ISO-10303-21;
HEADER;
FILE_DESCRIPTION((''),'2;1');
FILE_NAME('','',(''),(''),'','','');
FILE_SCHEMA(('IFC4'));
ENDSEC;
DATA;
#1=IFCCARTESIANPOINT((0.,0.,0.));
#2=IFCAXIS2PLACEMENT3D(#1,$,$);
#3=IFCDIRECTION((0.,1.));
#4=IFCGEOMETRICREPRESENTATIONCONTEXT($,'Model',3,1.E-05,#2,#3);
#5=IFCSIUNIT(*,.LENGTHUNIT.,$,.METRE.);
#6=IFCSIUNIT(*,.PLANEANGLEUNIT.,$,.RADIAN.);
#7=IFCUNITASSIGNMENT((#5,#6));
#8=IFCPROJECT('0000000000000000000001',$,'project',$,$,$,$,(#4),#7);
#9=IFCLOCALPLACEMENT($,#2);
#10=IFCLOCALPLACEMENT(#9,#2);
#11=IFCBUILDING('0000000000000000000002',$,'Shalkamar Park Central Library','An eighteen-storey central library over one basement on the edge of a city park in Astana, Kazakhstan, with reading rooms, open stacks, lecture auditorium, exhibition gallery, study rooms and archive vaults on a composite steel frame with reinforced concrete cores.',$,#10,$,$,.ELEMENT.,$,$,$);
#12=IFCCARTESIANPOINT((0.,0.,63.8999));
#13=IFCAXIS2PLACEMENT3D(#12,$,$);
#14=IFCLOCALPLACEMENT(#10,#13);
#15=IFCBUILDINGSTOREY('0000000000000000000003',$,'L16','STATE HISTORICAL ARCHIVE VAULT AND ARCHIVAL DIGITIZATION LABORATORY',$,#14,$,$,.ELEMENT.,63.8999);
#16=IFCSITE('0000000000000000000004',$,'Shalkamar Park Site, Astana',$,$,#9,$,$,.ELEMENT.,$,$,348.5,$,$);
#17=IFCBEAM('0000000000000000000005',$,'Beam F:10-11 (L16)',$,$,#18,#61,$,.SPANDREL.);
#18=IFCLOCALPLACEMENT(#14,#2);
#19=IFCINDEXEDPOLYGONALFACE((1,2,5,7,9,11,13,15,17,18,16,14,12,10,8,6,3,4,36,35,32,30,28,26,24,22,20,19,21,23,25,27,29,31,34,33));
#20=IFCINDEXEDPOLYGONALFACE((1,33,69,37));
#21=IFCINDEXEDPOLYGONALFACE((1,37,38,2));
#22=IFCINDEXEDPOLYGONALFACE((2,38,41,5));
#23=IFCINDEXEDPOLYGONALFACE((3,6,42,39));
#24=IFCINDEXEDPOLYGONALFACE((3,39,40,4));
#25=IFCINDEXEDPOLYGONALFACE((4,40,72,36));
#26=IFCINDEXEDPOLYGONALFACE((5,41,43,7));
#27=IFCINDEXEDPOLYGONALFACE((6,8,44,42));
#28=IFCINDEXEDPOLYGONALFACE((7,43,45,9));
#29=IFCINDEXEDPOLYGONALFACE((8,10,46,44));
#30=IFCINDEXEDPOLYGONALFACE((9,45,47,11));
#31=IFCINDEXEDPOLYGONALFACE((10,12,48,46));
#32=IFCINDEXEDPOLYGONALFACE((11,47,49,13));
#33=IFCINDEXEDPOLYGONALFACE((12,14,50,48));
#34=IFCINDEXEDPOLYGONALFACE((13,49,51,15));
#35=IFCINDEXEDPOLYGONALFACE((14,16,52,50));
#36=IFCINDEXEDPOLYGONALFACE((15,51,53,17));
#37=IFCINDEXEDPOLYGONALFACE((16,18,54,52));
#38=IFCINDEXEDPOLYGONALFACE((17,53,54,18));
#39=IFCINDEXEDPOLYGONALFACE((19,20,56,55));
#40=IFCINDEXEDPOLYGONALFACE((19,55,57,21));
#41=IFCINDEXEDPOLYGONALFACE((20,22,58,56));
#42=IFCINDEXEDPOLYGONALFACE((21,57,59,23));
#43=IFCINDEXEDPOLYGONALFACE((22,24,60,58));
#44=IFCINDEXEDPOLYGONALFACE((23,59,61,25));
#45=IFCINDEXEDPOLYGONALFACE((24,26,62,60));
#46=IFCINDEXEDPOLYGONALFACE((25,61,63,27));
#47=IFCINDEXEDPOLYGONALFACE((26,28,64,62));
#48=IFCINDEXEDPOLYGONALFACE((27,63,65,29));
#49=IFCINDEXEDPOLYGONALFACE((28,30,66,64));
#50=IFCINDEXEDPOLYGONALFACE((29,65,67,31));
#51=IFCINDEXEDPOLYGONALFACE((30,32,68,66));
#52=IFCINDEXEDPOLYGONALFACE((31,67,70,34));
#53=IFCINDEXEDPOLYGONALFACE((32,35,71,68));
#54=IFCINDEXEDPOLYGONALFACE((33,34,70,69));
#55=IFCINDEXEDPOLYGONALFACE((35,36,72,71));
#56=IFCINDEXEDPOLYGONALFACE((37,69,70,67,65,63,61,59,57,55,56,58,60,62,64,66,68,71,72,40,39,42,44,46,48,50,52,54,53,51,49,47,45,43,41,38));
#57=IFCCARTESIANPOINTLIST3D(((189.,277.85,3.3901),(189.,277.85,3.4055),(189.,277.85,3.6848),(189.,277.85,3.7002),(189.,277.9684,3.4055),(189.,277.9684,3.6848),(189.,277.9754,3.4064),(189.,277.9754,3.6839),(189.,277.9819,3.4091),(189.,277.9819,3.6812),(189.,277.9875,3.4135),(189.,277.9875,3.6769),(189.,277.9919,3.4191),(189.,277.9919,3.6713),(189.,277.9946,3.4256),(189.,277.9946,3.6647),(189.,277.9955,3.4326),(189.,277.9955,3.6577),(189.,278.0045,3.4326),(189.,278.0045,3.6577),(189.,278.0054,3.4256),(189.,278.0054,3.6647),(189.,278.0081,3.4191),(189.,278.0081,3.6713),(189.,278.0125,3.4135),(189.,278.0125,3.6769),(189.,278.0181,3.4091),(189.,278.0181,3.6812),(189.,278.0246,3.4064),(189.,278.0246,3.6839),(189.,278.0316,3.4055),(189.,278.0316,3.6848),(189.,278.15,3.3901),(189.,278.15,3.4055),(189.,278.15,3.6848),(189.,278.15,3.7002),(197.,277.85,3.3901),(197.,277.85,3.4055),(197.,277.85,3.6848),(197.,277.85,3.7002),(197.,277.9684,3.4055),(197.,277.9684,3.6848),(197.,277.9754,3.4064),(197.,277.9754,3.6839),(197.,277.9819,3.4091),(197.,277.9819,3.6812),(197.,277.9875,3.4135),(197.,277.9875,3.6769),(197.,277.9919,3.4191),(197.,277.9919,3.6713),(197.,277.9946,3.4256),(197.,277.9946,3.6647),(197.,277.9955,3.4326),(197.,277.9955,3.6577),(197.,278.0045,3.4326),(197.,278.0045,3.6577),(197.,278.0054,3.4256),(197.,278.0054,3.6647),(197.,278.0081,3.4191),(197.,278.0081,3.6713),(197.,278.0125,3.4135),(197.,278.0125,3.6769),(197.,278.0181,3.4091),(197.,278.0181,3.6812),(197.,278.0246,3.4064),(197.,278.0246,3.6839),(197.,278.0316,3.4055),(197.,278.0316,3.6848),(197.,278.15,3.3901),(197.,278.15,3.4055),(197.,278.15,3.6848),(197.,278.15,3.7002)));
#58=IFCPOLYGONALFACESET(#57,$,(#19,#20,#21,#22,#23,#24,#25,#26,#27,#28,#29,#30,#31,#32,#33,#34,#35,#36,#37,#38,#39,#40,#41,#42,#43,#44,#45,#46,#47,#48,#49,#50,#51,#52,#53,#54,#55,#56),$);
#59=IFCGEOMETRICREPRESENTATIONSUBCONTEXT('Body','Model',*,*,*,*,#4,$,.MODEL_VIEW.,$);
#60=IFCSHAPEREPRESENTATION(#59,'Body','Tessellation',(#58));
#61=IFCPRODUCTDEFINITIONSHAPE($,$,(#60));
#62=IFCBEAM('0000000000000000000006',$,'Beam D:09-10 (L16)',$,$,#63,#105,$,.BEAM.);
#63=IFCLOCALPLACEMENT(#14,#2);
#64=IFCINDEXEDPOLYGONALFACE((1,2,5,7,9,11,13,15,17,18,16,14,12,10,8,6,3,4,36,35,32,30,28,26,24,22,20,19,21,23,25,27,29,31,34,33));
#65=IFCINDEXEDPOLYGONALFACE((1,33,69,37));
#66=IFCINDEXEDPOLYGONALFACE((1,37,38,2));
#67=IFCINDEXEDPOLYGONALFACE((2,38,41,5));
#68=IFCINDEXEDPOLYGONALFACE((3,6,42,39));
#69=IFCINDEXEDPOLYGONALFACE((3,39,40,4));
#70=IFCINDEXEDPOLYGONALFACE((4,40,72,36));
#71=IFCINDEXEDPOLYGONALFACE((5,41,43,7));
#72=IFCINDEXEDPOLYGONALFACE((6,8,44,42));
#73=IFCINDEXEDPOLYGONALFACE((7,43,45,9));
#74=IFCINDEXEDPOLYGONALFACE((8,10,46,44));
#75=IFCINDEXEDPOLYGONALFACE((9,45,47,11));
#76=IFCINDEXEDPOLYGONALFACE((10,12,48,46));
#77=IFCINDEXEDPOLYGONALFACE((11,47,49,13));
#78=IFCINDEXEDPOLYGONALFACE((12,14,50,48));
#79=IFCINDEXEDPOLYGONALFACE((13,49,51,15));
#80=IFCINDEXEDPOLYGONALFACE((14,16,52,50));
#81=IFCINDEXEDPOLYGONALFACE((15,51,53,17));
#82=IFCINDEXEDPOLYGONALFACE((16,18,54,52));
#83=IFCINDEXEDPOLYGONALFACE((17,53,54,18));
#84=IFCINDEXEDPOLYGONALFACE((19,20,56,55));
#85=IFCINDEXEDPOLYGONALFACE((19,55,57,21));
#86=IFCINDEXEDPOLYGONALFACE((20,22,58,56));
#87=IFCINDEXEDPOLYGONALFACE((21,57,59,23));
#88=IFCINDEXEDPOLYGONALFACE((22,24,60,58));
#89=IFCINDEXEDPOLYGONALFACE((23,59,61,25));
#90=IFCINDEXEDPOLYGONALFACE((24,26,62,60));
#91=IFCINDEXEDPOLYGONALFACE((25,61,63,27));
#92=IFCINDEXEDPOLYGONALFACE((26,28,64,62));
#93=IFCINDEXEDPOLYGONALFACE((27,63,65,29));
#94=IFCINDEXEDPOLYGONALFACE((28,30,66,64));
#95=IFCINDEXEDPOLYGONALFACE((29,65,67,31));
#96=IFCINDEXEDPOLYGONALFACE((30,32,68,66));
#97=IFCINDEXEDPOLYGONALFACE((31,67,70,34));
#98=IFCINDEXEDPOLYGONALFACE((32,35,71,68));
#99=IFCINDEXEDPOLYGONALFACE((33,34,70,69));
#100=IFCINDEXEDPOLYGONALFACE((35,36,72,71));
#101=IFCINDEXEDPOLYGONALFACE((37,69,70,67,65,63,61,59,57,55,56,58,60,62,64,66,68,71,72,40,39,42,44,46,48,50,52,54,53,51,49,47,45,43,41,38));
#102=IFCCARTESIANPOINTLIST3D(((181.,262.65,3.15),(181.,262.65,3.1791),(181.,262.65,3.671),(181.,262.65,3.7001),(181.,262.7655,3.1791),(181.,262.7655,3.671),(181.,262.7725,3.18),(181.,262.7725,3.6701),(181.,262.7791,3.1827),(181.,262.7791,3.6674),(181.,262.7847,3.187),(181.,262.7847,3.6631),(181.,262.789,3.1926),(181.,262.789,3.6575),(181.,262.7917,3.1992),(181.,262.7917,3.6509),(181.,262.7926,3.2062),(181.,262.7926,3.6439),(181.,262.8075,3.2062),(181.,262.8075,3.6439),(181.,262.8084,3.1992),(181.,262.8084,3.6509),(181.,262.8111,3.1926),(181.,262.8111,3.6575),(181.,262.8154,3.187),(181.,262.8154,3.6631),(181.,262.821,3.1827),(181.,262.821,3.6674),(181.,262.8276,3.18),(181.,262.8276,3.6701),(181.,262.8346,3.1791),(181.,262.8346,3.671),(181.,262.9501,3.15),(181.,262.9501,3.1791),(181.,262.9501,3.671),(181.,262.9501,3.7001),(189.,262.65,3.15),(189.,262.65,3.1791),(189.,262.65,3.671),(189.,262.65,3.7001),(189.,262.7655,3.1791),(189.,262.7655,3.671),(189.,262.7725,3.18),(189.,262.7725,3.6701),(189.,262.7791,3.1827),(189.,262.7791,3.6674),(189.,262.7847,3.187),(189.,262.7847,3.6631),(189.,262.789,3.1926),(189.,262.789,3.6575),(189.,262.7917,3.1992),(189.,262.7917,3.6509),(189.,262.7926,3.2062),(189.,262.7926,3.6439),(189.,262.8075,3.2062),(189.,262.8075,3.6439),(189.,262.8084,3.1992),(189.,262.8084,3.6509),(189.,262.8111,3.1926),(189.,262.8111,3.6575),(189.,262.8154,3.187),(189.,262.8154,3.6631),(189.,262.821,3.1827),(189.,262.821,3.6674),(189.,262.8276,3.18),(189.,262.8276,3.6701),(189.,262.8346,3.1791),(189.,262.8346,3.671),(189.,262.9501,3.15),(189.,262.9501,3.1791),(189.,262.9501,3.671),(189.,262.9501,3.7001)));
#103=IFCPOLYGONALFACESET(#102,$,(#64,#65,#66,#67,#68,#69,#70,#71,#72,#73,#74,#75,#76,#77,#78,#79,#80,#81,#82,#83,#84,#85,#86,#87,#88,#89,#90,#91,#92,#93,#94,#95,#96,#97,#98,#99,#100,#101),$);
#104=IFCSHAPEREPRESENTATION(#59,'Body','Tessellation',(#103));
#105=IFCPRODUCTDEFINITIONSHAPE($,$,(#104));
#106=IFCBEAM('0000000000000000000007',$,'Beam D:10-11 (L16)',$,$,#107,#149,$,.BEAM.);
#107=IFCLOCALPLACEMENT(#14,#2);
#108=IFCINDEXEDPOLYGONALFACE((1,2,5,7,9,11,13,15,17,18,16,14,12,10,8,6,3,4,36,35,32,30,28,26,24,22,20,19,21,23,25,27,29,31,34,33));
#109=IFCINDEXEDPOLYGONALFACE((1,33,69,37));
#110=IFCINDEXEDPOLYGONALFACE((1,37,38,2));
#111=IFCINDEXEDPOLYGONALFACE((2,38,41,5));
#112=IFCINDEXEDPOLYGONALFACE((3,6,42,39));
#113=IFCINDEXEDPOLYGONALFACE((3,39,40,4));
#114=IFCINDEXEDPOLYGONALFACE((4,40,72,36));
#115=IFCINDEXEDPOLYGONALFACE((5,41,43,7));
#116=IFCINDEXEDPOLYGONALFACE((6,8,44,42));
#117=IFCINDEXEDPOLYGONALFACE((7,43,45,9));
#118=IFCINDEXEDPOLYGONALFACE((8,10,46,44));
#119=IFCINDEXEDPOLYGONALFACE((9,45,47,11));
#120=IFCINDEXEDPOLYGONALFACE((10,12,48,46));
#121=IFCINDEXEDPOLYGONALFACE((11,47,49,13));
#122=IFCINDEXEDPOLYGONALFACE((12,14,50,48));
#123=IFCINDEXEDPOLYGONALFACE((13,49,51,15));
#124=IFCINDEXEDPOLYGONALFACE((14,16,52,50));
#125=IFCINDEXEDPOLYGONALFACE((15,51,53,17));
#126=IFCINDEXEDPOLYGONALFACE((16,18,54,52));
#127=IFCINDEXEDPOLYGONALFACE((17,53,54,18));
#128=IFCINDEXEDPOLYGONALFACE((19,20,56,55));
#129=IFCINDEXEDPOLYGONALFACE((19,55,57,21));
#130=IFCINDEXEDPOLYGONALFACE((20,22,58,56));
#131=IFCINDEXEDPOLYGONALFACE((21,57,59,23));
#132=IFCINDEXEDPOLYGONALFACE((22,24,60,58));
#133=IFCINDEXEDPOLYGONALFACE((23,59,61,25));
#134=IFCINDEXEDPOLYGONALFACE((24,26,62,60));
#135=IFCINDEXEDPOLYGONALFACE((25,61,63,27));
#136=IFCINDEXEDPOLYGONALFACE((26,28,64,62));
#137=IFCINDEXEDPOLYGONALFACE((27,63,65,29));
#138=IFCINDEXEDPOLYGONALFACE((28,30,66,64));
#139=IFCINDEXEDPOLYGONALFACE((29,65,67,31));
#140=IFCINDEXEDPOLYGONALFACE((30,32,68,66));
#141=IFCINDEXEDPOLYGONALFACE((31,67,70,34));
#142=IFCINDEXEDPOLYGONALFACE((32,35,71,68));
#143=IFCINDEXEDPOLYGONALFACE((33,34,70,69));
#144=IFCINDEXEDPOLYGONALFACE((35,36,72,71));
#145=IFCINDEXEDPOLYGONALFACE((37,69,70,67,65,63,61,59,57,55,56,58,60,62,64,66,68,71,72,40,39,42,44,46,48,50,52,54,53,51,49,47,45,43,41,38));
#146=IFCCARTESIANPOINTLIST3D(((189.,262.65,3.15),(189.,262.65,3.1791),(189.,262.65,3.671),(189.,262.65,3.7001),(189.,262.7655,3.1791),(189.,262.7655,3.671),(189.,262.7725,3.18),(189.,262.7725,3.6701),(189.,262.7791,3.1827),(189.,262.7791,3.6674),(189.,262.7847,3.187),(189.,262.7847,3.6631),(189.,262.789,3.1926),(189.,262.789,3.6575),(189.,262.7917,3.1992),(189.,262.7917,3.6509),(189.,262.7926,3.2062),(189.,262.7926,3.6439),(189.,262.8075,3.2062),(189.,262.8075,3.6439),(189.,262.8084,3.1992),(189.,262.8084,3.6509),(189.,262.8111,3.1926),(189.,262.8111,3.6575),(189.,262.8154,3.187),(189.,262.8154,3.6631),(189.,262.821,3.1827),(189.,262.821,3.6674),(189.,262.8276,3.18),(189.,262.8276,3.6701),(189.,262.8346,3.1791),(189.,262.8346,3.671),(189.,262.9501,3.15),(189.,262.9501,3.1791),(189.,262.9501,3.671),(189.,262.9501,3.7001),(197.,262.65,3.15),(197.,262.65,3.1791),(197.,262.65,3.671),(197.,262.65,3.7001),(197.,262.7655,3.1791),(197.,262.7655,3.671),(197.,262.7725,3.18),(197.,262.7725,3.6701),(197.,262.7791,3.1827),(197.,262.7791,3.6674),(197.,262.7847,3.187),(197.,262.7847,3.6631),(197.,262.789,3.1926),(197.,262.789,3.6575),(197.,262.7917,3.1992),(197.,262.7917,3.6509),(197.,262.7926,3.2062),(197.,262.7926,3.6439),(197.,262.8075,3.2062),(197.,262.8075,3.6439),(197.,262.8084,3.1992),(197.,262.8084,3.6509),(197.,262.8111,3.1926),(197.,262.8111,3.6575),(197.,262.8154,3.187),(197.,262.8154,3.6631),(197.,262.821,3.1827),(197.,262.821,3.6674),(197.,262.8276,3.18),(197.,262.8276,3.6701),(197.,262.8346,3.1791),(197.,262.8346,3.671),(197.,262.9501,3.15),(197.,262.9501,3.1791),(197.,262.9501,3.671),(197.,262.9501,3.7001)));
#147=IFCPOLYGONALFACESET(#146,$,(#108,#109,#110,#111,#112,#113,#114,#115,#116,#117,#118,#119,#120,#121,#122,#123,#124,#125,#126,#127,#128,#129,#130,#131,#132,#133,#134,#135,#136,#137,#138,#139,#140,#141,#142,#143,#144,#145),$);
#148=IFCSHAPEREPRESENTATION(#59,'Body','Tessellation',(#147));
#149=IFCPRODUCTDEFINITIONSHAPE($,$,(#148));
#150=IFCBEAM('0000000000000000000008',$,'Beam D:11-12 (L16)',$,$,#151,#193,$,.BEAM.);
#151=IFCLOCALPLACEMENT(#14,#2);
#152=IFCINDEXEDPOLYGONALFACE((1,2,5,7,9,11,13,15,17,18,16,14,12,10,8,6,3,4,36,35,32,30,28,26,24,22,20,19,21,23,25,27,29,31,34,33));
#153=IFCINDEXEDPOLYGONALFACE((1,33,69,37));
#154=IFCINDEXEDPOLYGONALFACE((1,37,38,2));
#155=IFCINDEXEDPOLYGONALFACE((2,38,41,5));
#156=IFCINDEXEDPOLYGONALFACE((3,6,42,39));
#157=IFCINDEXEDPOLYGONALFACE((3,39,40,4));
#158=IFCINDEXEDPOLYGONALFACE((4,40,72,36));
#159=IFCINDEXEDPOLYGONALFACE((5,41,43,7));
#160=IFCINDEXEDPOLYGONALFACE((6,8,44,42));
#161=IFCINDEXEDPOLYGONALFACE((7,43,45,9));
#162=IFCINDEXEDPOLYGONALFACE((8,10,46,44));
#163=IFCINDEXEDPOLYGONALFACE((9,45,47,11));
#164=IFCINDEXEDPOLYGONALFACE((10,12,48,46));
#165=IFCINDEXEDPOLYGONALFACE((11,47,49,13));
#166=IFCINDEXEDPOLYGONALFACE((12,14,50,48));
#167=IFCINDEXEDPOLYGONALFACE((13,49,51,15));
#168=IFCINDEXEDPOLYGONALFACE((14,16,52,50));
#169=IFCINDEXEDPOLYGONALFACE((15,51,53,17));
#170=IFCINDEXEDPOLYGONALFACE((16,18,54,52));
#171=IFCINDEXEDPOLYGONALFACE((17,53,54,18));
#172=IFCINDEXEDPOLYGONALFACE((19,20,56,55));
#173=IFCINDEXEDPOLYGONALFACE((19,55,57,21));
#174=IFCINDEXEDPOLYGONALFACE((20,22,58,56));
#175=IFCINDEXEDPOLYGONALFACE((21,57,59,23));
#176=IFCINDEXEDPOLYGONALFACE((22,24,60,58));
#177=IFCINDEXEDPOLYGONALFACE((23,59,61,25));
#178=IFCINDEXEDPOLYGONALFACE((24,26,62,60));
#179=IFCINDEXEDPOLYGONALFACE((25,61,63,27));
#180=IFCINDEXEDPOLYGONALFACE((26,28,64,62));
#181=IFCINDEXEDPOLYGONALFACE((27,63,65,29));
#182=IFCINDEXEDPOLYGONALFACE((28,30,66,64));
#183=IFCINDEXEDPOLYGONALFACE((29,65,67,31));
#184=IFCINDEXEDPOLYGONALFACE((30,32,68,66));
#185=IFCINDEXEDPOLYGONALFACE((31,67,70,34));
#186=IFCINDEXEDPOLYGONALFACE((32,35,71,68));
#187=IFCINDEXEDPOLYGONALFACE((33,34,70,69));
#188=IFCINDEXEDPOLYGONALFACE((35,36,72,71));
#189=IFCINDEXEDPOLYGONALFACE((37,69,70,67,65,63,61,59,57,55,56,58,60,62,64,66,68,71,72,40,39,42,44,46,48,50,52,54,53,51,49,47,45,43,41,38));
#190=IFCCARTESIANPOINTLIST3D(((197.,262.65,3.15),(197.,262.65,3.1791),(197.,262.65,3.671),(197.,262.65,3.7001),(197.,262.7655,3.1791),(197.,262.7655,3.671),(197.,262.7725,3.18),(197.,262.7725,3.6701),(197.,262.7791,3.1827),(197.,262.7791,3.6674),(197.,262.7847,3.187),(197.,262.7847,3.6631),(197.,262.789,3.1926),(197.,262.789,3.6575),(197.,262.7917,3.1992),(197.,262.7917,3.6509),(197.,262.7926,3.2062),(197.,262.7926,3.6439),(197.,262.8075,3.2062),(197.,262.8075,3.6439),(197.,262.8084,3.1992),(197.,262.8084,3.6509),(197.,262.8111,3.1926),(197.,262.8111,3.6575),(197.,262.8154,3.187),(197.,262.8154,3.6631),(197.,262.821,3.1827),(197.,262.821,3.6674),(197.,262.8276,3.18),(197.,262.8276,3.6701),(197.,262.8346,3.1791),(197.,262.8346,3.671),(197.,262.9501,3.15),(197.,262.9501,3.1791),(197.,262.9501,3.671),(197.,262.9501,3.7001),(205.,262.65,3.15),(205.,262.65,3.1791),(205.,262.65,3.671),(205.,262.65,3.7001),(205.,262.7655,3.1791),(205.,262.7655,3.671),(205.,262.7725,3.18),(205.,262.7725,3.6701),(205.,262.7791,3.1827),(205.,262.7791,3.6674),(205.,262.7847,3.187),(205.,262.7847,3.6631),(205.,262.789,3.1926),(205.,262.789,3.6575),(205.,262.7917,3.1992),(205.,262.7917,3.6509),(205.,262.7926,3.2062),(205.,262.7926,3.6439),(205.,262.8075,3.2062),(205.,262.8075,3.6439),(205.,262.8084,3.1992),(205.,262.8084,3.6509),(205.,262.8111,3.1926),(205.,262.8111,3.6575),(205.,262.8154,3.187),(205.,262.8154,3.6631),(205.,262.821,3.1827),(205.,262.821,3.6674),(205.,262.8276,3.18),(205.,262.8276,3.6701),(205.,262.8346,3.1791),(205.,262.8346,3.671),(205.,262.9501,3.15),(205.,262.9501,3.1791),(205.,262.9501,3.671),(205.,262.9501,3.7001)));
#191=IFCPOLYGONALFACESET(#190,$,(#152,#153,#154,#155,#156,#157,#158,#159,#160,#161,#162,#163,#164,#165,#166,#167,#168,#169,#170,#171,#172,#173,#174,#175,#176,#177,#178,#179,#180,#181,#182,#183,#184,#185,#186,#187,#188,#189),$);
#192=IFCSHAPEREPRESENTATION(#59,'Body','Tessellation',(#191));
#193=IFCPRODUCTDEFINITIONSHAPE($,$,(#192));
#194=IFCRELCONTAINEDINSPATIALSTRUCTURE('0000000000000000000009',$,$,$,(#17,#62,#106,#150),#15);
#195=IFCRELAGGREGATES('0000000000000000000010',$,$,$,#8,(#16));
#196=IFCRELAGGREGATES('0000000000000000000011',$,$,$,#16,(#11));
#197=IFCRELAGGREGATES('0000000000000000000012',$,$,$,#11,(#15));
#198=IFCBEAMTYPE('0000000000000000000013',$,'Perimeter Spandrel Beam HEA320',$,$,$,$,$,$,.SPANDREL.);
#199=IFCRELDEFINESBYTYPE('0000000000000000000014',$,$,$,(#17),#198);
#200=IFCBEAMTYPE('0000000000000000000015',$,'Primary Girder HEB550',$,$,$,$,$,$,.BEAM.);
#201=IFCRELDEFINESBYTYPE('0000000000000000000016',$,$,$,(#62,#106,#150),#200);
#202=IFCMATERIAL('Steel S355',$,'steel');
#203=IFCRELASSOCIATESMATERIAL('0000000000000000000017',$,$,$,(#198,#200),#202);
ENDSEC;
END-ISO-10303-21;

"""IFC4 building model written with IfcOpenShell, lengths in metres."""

from ifc_helpers import new_model, si_unit, direction, frame, origin, origin_2d, place, context, subcontext, project, spatial, i_section, extrude, material, material_profile, profile_set, type_object, element, save


model = new_model("IFC4")

# Units and contexts
model_context = context("Model", 3, precision=1e-05, world=origin(), true_north=direction((0.0, 1.0)))
body_context = subcontext(model_context, "Body", "Model", "MODEL_VIEW")
ifc_project = project(units=[si_unit("LENGTHUNIT", "METRE"), si_unit("PLANEANGLEUNIT", "RADIAN")], contexts=[model_context])

# Site, building, storey
site_placement = place(None, origin())
site = spatial("IfcSite", under=ifc_project, at=site_placement, Name="Shalkamar Park Site, Astana", CompositionType="ELEMENT", RefElevation=348.5)
building_placement = place(site_placement, origin())
building = spatial("IfcBuilding", under=site, at=building_placement, Name="Shalkamar Park Central Library", Description="An eighteen-storey central library over one basement on the edge of a city park in Astana, Kazakhstan, with reading rooms, open stacks, lecture auditorium, exhibition gallery, study rooms and archive vaults on a composite steel frame with reinforced concrete cores.", CompositionType="ELEMENT")
storey_placement = place(building_placement, frame((0.0, 0.0, 63.8999)))
storey = spatial("IfcBuildingStorey", under=building, at=storey_placement, Name="L16", Description="STATE HISTORICAL ARCHIVE VAULT AND ARCHIVAL DIGITIZATION LABORATORY", CompositionType="ELEMENT", Elevation=63.8999)

# Shared definitions
ifc_material_1 = material(Name="Steel S355", Category="steel")

# Beams
ifc_material_profile_1 = material_profile(ifc_material_1, i_section(OverallWidth=0.3, OverallDepth=0.3101, WebThickness=0.009, FlangeThickness=0.0154, FilletRadius=0.0271, at=origin_2d()), Name="HEA 320")
ifc_profile_set_1 = profile_set([ifc_material_profile_1], Name="Steel S355")
beam_type_1 = type_object("IfcBeamType", Name="Perimeter Spandrel Beam HEA320", PredefinedType="SPANDREL", material=ifc_profile_set_1)
for number, where, z_axis, x_axis, name in (
    (1, (189.0, 278.0, 3.5452), (1.0, 0.0, 0.0), (0.0, 1.0, 0.0), "Beam F:10-11 (L16)"),
):
    element("IfcBeam", number, at=place(storey_placement, frame(where, z_axis=z_axis, x_axis=x_axis)), inside=storey, type_object=beam_type_1, Name=name, PredefinedType="SPANDREL", context=body_context, shape_type="SweptSolid", body=[
        extrude(i_section(OverallWidth=0.3, OverallDepth=0.3101, WebThickness=0.009, FlangeThickness=0.0154, FilletRadius=0.0271, at=origin_2d()), origin(), (0.0, 0.0, 1.0), 8.0),
    ])
ifc_material_profile_2 = material_profile(ifc_material_1, i_section(OverallWidth=0.3, OverallDepth=0.55, WebThickness=0.0149, FlangeThickness=0.0291, FilletRadius=0.0271, at=origin_2d()), Name="HEB 550")
ifc_profile_set_2 = profile_set([ifc_material_profile_2], Name="Steel S355")
beam_type_2 = type_object("IfcBeamType", Name="Primary Girder HEB550", PredefinedType="BEAM", material=ifc_profile_set_2)
for number, where, z_axis, x_axis, name in (
    (2, (181.0, 262.8, 3.425), (1.0, 0.0, 0.0), (0.0, 1.0, 0.0), "Beam D:09-10 (L16)"),
    (3, (189.0, 262.8, 3.425), (1.0, 0.0, 0.0), (0.0, 1.0, 0.0), "Beam D:10-11 (L16)"),
    (4, (197.0, 262.8, 3.425), (1.0, 0.0, 0.0), (0.0, 1.0, 0.0), "Beam D:11-12 (L16)"),
):
    element("IfcBeam", number, at=place(storey_placement, frame(where, z_axis=z_axis, x_axis=x_axis)), inside=storey, type_object=beam_type_2, Name=name, PredefinedType="BEAM", context=body_context, shape_type="SweptSolid", body=[
        extrude(i_section(OverallWidth=0.3, OverallDepth=0.55, WebThickness=0.0149, FlangeThickness=0.0291, FilletRadius=0.0271, at=origin_2d()), origin(), (0.0, 0.0, 1.0), 8.0),
    ])

save(model, "model.ifc")
